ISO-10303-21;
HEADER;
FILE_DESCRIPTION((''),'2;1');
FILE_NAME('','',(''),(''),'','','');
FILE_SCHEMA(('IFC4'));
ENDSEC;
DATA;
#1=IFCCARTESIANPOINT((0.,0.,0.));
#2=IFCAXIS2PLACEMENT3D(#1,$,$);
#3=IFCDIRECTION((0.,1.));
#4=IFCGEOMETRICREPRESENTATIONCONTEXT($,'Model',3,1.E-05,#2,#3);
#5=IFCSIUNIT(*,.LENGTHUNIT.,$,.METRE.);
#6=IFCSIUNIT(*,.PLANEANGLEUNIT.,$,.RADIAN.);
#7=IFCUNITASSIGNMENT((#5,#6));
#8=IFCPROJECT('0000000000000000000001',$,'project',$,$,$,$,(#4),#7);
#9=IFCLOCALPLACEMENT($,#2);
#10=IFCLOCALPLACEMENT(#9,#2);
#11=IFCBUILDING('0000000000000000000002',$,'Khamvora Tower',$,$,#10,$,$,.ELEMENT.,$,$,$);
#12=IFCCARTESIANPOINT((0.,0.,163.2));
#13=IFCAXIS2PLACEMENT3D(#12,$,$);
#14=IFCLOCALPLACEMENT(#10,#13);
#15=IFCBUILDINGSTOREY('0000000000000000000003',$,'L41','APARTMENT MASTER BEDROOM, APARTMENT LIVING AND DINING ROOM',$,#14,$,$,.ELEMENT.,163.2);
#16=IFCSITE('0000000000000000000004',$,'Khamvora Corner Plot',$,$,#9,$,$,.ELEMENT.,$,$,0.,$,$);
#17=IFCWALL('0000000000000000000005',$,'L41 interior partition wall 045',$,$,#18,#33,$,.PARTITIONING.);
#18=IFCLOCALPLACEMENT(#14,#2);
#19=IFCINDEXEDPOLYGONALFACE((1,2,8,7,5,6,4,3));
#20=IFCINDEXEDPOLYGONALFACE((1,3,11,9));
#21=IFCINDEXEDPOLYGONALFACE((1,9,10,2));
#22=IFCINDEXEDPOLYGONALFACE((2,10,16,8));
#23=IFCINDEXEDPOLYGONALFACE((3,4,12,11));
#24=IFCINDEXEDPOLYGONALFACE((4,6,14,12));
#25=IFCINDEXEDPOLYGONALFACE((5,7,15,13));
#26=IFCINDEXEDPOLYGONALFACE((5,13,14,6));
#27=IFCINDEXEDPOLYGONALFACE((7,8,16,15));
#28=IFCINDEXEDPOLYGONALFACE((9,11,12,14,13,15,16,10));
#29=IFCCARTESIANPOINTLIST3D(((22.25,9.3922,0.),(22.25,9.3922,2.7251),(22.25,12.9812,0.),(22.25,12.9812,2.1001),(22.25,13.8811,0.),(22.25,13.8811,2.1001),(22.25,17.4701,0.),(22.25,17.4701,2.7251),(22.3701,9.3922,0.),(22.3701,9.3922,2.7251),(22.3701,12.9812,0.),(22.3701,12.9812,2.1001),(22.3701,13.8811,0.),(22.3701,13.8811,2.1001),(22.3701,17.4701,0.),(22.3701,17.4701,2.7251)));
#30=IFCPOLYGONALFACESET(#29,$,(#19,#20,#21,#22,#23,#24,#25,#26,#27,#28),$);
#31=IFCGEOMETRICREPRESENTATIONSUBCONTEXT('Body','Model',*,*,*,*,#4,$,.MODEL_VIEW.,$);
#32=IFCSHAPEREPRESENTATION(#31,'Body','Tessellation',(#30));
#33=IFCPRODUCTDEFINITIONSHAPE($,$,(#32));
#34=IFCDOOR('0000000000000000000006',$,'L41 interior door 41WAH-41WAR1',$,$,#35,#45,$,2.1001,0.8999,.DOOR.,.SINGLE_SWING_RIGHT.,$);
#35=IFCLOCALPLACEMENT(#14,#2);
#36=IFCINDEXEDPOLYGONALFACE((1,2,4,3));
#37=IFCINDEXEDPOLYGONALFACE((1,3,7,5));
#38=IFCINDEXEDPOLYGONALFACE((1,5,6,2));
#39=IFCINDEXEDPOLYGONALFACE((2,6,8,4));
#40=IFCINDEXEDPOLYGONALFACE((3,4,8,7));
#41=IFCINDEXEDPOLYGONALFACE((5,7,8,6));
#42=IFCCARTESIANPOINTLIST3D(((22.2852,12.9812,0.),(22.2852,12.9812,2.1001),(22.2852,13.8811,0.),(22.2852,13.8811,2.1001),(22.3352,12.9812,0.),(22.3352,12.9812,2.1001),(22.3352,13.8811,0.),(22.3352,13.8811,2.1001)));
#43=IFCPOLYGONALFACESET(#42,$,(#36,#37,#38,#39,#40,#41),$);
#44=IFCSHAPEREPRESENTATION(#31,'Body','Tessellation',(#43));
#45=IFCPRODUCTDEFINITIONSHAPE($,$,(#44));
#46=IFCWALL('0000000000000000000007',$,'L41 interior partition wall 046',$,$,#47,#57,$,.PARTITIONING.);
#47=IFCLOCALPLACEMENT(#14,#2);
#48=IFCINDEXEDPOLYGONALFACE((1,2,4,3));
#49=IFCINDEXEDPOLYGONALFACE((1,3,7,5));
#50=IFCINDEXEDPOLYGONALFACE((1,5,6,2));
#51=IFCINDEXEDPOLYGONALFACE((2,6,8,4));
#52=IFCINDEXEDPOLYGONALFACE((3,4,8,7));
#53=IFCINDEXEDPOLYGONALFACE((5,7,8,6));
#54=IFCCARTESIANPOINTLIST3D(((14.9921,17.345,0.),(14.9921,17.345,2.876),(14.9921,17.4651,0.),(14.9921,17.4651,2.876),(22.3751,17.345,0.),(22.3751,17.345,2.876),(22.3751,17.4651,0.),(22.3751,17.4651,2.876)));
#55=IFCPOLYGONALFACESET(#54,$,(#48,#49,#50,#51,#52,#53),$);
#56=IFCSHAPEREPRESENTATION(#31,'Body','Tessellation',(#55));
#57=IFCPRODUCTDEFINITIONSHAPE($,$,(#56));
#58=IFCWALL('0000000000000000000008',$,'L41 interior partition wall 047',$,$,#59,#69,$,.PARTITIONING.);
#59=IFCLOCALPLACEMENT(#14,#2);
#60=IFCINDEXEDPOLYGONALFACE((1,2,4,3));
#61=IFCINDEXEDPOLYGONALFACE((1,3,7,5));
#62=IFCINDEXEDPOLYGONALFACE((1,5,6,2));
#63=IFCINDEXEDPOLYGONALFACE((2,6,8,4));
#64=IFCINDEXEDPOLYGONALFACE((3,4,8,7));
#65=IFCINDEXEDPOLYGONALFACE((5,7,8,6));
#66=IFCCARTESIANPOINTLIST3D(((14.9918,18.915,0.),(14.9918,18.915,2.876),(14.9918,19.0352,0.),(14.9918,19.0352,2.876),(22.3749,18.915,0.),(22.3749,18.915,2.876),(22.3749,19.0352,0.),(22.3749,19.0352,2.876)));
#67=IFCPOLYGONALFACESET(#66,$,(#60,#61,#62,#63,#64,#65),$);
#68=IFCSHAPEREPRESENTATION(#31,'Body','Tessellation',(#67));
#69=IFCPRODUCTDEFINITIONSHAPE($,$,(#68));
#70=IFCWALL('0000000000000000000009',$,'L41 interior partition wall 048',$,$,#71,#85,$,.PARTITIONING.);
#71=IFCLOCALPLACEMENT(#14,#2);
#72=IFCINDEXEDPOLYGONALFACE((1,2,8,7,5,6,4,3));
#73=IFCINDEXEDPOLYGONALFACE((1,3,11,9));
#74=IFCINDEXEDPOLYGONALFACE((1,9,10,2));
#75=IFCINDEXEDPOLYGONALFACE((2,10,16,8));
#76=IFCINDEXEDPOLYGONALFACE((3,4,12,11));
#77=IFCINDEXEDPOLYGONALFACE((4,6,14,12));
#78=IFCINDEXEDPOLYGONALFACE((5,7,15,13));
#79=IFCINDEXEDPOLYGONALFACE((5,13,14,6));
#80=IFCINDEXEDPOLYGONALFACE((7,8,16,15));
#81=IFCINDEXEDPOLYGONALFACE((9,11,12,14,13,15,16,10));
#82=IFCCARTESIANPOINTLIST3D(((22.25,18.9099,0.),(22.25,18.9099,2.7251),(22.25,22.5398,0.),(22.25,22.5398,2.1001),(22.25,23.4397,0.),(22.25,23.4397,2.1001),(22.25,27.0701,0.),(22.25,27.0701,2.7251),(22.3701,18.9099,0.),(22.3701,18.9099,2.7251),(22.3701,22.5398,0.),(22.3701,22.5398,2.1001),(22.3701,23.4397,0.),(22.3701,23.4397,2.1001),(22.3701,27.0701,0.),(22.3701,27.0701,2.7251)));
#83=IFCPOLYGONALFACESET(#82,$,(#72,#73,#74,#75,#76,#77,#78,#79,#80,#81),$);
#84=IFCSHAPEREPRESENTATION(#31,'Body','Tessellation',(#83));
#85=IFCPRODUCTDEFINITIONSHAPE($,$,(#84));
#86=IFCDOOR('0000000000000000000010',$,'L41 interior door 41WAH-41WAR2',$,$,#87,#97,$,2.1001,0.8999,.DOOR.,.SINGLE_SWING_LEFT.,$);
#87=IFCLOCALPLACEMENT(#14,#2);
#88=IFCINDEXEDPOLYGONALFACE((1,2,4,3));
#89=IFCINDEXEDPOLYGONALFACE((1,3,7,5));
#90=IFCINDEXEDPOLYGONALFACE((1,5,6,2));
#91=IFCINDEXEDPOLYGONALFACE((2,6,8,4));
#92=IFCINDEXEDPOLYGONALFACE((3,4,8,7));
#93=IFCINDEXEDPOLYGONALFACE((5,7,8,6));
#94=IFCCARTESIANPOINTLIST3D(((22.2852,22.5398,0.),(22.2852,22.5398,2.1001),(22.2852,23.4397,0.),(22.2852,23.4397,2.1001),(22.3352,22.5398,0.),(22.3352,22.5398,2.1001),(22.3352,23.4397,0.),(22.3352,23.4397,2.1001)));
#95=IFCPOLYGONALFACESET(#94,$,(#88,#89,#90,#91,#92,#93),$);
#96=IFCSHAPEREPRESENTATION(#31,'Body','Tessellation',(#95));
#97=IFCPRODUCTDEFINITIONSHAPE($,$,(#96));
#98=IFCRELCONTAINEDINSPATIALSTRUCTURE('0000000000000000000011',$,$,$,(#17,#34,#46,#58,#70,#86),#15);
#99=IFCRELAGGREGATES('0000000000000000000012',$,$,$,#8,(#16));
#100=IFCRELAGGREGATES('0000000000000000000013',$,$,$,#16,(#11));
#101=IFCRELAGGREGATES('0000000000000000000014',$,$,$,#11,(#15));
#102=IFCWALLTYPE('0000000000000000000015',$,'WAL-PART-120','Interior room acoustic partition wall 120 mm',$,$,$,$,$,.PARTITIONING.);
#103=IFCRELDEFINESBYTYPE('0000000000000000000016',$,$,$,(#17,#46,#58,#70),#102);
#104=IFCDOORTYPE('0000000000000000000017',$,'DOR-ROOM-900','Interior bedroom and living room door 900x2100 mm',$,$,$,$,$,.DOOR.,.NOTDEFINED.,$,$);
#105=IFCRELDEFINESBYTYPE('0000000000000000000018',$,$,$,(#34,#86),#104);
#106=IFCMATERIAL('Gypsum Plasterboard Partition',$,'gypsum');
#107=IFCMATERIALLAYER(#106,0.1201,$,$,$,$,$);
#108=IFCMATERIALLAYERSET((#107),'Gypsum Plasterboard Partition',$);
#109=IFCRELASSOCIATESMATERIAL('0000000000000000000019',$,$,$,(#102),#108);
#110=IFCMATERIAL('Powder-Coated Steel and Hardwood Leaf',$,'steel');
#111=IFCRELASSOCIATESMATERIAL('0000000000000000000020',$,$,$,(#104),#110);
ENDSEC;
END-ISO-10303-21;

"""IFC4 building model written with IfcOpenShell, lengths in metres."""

from ifc_helpers import new_model, si_unit, direction, frame, frame_2d, origin, place, context, subcontext, project, spatial, rectangle, extrude, material, layer, layer_set, type_object, element, fill, save


model = new_model("IFC4")

# Units and contexts
model_context = context("Model", 3, precision=1e-05, world=origin(), true_north=direction((0.0, 1.0)))
body_context = subcontext(model_context, "Body", "Model", "MODEL_VIEW")
ifc_project = project(units=[si_unit("LENGTHUNIT", "METRE"), si_unit("PLANEANGLEUNIT", "RADIAN")], contexts=[model_context])

# Site, building, storey
site_placement = place(None, origin())
site = spatial("IfcSite", under=ifc_project, at=site_placement, Name="Khamvora Corner Plot", CompositionType="ELEMENT", RefElevation=0.0)
building_placement = place(site_placement, origin())
building = spatial("IfcBuilding", under=site, at=building_placement, Name="Khamvora Tower", CompositionType="ELEMENT")
storey_placement = place(building_placement, frame((0.0, 0.0, 163.2)))
storey = spatial("IfcBuildingStorey", under=building, at=storey_placement, Name="L41", Description="APARTMENT MASTER BEDROOM, APARTMENT LIVING AND DINING ROOM", CompositionType="ELEMENT", Elevation=163.2)

# Wall, opening, door
ifc_material_1 = material(Name="Gypsum Plasterboard Partition", Category="gypsum")
ifc_layer_1 = layer(ifc_material_1, 0.1201)
ifc_layer_set_1 = layer_set([ifc_layer_1], Name="Gypsum Plasterboard Partition")
wall_type_1 = type_object("IfcWallType", Name="WAL-PART-120", Description="Interior room acoustic partition wall 120 mm", PredefinedType="PARTITIONING", material=ifc_layer_set_1)
wall_1_placement = place(storey_placement, frame((22.3101, 9.3921, 0.0), z_axis=(0.0, 0.0, 1.0), x_axis=(0.0, 1.0, 0.0)))
wall_1 = element("IfcWall", 1, at=wall_1_placement, inside=storey, type_object=wall_type_1, Name="L41 interior partition wall 045", PredefinedType="PARTITIONING", context=body_context, shape_type="SweptSolid", body=[
    extrude(rectangle(XDim=8.0779, YDim=0.1201, at=frame_2d((4.0391, 0.0))), origin(), (0.0, 0.0, 1.0), 2.7251),
])
opening_1_placement = place(wall_1_placement, frame((3.5891, 0.0, 0.0)))
opening_1 = element("IfcOpeningElement", 2, at=opening_1_placement, cuts=wall_1, PredefinedType="OPENING", context=body_context, shape_type="SweptSolid", body=[
    extrude(rectangle(XDim=0.8999, YDim=2.1001, at=frame_2d((0.45, 1.05))), frame((0.0, 0.0701, 0.0), z_axis=(0.0, -1.0, 0.0), x_axis=(1.0, 0.0, 0.0)), (0.0, 0.0, 1.0), 0.1401),
])
ifc_material_2 = material(Name="Powder-Coated Steel and Hardwood Leaf", Category="steel")
door_type = type_object("IfcDoorType", Name="DOR-ROOM-900", Description="Interior bedroom and living room door 900x2100 mm", OperationType="NOTDEFINED", PredefinedType="DOOR", material=ifc_material_2)
door_1_placement = place(opening_1_placement, origin())
door_1 = element("IfcDoor", 3, at=door_1_placement, inside=storey, type_object=door_type, Name="L41 interior door 41WAH-41WAR1", OperationType="SINGLE_SWING_RIGHT", OverallHeight=2.1001, OverallWidth=0.8999, PredefinedType="DOOR", context=body_context, shape_type="SweptSolid", body=[
    extrude(rectangle(XDim=0.8999, YDim=2.1001, at=frame_2d((0.45, 1.05))), frame((0.0, 0.0249, 0.0), z_axis=(0.0, -1.0, 0.0), x_axis=(1.0, 0.0, 0.0)), (0.0, 0.0, 1.0), 0.05),
])
fill(opening_1, door_1)

# Walls
for number, where, z_axis, x_axis, name in (
    (4, (22.375, 17.405, 0.0), (0.0, 0.0, 1.0), (-1.0, 0.0, 0.0), "L41 interior partition wall 046"),
    (5, (14.9919, 18.9751, 0.0), (0.0, 0.0, 1.0), (1.0, 0.0, 0.0), "L41 interior partition wall 047"),
):
    element("IfcWall", number, at=place(storey_placement, frame(where, z_axis=z_axis, x_axis=x_axis)), inside=storey, type_object=wall_type_1, Name=name, PredefinedType="PARTITIONING", context=body_context, shape_type="SweptSolid", body=[
        extrude(rectangle(XDim=7.3831, YDim=0.1201, at=frame_2d((3.6914, 0.0))), origin(), (0.0, 0.0, 1.0), 2.876),
    ])

# Wall, opening, door
wall_2_placement = place(storey_placement, frame((22.3101, 18.9099, 0.0), z_axis=(0.0, 0.0, 1.0), x_axis=(0.0, 1.0, 0.0)))
wall_2 = element("IfcWall", 6, at=wall_2_placement, inside=storey, type_object=wall_type_1, Name="L41 interior partition wall 048", PredefinedType="PARTITIONING", context=body_context, shape_type="SweptSolid", body=[
    extrude(rectangle(XDim=8.1602, YDim=0.1201, at=frame_2d((4.0801, 0.0))), origin(), (0.0, 0.0, 1.0), 2.7251),
])
opening_2_placement = place(wall_2_placement, frame((3.6299, 0.0, 0.0)))
opening_2 = element("IfcOpeningElement", 7, at=opening_2_placement, cuts=wall_2, PredefinedType="OPENING", context=body_context, shape_type="SweptSolid", body=[
    extrude(rectangle(XDim=0.8999, YDim=2.1001, at=frame_2d((0.45, 1.05))), frame((0.0, 0.0701, 0.0), z_axis=(0.0, -1.0, 0.0), x_axis=(1.0, 0.0, 0.0)), (0.0, 0.0, 1.0), 0.1401),
])
door_2_placement = place(opening_2_placement, origin())
door_2 = element("IfcDoor", 8, at=door_2_placement, inside=storey, type_object=door_type, Name="L41 interior door 41WAH-41WAR2", OperationType="SINGLE_SWING_LEFT", OverallHeight=2.1001, OverallWidth=0.8999, PredefinedType="DOOR", context=body_context, shape_type="SweptSolid", body=[
    extrude(rectangle(XDim=0.8999, YDim=2.1001, at=frame_2d((0.45, 1.05))), frame((0.0, 0.0249, 0.0), z_axis=(0.0, -1.0, 0.0), x_axis=(1.0, 0.0, 0.0)), (0.0, 0.0, 1.0), 0.05),
])
fill(opening_2, door_2)

save(model, "model.ifc")
